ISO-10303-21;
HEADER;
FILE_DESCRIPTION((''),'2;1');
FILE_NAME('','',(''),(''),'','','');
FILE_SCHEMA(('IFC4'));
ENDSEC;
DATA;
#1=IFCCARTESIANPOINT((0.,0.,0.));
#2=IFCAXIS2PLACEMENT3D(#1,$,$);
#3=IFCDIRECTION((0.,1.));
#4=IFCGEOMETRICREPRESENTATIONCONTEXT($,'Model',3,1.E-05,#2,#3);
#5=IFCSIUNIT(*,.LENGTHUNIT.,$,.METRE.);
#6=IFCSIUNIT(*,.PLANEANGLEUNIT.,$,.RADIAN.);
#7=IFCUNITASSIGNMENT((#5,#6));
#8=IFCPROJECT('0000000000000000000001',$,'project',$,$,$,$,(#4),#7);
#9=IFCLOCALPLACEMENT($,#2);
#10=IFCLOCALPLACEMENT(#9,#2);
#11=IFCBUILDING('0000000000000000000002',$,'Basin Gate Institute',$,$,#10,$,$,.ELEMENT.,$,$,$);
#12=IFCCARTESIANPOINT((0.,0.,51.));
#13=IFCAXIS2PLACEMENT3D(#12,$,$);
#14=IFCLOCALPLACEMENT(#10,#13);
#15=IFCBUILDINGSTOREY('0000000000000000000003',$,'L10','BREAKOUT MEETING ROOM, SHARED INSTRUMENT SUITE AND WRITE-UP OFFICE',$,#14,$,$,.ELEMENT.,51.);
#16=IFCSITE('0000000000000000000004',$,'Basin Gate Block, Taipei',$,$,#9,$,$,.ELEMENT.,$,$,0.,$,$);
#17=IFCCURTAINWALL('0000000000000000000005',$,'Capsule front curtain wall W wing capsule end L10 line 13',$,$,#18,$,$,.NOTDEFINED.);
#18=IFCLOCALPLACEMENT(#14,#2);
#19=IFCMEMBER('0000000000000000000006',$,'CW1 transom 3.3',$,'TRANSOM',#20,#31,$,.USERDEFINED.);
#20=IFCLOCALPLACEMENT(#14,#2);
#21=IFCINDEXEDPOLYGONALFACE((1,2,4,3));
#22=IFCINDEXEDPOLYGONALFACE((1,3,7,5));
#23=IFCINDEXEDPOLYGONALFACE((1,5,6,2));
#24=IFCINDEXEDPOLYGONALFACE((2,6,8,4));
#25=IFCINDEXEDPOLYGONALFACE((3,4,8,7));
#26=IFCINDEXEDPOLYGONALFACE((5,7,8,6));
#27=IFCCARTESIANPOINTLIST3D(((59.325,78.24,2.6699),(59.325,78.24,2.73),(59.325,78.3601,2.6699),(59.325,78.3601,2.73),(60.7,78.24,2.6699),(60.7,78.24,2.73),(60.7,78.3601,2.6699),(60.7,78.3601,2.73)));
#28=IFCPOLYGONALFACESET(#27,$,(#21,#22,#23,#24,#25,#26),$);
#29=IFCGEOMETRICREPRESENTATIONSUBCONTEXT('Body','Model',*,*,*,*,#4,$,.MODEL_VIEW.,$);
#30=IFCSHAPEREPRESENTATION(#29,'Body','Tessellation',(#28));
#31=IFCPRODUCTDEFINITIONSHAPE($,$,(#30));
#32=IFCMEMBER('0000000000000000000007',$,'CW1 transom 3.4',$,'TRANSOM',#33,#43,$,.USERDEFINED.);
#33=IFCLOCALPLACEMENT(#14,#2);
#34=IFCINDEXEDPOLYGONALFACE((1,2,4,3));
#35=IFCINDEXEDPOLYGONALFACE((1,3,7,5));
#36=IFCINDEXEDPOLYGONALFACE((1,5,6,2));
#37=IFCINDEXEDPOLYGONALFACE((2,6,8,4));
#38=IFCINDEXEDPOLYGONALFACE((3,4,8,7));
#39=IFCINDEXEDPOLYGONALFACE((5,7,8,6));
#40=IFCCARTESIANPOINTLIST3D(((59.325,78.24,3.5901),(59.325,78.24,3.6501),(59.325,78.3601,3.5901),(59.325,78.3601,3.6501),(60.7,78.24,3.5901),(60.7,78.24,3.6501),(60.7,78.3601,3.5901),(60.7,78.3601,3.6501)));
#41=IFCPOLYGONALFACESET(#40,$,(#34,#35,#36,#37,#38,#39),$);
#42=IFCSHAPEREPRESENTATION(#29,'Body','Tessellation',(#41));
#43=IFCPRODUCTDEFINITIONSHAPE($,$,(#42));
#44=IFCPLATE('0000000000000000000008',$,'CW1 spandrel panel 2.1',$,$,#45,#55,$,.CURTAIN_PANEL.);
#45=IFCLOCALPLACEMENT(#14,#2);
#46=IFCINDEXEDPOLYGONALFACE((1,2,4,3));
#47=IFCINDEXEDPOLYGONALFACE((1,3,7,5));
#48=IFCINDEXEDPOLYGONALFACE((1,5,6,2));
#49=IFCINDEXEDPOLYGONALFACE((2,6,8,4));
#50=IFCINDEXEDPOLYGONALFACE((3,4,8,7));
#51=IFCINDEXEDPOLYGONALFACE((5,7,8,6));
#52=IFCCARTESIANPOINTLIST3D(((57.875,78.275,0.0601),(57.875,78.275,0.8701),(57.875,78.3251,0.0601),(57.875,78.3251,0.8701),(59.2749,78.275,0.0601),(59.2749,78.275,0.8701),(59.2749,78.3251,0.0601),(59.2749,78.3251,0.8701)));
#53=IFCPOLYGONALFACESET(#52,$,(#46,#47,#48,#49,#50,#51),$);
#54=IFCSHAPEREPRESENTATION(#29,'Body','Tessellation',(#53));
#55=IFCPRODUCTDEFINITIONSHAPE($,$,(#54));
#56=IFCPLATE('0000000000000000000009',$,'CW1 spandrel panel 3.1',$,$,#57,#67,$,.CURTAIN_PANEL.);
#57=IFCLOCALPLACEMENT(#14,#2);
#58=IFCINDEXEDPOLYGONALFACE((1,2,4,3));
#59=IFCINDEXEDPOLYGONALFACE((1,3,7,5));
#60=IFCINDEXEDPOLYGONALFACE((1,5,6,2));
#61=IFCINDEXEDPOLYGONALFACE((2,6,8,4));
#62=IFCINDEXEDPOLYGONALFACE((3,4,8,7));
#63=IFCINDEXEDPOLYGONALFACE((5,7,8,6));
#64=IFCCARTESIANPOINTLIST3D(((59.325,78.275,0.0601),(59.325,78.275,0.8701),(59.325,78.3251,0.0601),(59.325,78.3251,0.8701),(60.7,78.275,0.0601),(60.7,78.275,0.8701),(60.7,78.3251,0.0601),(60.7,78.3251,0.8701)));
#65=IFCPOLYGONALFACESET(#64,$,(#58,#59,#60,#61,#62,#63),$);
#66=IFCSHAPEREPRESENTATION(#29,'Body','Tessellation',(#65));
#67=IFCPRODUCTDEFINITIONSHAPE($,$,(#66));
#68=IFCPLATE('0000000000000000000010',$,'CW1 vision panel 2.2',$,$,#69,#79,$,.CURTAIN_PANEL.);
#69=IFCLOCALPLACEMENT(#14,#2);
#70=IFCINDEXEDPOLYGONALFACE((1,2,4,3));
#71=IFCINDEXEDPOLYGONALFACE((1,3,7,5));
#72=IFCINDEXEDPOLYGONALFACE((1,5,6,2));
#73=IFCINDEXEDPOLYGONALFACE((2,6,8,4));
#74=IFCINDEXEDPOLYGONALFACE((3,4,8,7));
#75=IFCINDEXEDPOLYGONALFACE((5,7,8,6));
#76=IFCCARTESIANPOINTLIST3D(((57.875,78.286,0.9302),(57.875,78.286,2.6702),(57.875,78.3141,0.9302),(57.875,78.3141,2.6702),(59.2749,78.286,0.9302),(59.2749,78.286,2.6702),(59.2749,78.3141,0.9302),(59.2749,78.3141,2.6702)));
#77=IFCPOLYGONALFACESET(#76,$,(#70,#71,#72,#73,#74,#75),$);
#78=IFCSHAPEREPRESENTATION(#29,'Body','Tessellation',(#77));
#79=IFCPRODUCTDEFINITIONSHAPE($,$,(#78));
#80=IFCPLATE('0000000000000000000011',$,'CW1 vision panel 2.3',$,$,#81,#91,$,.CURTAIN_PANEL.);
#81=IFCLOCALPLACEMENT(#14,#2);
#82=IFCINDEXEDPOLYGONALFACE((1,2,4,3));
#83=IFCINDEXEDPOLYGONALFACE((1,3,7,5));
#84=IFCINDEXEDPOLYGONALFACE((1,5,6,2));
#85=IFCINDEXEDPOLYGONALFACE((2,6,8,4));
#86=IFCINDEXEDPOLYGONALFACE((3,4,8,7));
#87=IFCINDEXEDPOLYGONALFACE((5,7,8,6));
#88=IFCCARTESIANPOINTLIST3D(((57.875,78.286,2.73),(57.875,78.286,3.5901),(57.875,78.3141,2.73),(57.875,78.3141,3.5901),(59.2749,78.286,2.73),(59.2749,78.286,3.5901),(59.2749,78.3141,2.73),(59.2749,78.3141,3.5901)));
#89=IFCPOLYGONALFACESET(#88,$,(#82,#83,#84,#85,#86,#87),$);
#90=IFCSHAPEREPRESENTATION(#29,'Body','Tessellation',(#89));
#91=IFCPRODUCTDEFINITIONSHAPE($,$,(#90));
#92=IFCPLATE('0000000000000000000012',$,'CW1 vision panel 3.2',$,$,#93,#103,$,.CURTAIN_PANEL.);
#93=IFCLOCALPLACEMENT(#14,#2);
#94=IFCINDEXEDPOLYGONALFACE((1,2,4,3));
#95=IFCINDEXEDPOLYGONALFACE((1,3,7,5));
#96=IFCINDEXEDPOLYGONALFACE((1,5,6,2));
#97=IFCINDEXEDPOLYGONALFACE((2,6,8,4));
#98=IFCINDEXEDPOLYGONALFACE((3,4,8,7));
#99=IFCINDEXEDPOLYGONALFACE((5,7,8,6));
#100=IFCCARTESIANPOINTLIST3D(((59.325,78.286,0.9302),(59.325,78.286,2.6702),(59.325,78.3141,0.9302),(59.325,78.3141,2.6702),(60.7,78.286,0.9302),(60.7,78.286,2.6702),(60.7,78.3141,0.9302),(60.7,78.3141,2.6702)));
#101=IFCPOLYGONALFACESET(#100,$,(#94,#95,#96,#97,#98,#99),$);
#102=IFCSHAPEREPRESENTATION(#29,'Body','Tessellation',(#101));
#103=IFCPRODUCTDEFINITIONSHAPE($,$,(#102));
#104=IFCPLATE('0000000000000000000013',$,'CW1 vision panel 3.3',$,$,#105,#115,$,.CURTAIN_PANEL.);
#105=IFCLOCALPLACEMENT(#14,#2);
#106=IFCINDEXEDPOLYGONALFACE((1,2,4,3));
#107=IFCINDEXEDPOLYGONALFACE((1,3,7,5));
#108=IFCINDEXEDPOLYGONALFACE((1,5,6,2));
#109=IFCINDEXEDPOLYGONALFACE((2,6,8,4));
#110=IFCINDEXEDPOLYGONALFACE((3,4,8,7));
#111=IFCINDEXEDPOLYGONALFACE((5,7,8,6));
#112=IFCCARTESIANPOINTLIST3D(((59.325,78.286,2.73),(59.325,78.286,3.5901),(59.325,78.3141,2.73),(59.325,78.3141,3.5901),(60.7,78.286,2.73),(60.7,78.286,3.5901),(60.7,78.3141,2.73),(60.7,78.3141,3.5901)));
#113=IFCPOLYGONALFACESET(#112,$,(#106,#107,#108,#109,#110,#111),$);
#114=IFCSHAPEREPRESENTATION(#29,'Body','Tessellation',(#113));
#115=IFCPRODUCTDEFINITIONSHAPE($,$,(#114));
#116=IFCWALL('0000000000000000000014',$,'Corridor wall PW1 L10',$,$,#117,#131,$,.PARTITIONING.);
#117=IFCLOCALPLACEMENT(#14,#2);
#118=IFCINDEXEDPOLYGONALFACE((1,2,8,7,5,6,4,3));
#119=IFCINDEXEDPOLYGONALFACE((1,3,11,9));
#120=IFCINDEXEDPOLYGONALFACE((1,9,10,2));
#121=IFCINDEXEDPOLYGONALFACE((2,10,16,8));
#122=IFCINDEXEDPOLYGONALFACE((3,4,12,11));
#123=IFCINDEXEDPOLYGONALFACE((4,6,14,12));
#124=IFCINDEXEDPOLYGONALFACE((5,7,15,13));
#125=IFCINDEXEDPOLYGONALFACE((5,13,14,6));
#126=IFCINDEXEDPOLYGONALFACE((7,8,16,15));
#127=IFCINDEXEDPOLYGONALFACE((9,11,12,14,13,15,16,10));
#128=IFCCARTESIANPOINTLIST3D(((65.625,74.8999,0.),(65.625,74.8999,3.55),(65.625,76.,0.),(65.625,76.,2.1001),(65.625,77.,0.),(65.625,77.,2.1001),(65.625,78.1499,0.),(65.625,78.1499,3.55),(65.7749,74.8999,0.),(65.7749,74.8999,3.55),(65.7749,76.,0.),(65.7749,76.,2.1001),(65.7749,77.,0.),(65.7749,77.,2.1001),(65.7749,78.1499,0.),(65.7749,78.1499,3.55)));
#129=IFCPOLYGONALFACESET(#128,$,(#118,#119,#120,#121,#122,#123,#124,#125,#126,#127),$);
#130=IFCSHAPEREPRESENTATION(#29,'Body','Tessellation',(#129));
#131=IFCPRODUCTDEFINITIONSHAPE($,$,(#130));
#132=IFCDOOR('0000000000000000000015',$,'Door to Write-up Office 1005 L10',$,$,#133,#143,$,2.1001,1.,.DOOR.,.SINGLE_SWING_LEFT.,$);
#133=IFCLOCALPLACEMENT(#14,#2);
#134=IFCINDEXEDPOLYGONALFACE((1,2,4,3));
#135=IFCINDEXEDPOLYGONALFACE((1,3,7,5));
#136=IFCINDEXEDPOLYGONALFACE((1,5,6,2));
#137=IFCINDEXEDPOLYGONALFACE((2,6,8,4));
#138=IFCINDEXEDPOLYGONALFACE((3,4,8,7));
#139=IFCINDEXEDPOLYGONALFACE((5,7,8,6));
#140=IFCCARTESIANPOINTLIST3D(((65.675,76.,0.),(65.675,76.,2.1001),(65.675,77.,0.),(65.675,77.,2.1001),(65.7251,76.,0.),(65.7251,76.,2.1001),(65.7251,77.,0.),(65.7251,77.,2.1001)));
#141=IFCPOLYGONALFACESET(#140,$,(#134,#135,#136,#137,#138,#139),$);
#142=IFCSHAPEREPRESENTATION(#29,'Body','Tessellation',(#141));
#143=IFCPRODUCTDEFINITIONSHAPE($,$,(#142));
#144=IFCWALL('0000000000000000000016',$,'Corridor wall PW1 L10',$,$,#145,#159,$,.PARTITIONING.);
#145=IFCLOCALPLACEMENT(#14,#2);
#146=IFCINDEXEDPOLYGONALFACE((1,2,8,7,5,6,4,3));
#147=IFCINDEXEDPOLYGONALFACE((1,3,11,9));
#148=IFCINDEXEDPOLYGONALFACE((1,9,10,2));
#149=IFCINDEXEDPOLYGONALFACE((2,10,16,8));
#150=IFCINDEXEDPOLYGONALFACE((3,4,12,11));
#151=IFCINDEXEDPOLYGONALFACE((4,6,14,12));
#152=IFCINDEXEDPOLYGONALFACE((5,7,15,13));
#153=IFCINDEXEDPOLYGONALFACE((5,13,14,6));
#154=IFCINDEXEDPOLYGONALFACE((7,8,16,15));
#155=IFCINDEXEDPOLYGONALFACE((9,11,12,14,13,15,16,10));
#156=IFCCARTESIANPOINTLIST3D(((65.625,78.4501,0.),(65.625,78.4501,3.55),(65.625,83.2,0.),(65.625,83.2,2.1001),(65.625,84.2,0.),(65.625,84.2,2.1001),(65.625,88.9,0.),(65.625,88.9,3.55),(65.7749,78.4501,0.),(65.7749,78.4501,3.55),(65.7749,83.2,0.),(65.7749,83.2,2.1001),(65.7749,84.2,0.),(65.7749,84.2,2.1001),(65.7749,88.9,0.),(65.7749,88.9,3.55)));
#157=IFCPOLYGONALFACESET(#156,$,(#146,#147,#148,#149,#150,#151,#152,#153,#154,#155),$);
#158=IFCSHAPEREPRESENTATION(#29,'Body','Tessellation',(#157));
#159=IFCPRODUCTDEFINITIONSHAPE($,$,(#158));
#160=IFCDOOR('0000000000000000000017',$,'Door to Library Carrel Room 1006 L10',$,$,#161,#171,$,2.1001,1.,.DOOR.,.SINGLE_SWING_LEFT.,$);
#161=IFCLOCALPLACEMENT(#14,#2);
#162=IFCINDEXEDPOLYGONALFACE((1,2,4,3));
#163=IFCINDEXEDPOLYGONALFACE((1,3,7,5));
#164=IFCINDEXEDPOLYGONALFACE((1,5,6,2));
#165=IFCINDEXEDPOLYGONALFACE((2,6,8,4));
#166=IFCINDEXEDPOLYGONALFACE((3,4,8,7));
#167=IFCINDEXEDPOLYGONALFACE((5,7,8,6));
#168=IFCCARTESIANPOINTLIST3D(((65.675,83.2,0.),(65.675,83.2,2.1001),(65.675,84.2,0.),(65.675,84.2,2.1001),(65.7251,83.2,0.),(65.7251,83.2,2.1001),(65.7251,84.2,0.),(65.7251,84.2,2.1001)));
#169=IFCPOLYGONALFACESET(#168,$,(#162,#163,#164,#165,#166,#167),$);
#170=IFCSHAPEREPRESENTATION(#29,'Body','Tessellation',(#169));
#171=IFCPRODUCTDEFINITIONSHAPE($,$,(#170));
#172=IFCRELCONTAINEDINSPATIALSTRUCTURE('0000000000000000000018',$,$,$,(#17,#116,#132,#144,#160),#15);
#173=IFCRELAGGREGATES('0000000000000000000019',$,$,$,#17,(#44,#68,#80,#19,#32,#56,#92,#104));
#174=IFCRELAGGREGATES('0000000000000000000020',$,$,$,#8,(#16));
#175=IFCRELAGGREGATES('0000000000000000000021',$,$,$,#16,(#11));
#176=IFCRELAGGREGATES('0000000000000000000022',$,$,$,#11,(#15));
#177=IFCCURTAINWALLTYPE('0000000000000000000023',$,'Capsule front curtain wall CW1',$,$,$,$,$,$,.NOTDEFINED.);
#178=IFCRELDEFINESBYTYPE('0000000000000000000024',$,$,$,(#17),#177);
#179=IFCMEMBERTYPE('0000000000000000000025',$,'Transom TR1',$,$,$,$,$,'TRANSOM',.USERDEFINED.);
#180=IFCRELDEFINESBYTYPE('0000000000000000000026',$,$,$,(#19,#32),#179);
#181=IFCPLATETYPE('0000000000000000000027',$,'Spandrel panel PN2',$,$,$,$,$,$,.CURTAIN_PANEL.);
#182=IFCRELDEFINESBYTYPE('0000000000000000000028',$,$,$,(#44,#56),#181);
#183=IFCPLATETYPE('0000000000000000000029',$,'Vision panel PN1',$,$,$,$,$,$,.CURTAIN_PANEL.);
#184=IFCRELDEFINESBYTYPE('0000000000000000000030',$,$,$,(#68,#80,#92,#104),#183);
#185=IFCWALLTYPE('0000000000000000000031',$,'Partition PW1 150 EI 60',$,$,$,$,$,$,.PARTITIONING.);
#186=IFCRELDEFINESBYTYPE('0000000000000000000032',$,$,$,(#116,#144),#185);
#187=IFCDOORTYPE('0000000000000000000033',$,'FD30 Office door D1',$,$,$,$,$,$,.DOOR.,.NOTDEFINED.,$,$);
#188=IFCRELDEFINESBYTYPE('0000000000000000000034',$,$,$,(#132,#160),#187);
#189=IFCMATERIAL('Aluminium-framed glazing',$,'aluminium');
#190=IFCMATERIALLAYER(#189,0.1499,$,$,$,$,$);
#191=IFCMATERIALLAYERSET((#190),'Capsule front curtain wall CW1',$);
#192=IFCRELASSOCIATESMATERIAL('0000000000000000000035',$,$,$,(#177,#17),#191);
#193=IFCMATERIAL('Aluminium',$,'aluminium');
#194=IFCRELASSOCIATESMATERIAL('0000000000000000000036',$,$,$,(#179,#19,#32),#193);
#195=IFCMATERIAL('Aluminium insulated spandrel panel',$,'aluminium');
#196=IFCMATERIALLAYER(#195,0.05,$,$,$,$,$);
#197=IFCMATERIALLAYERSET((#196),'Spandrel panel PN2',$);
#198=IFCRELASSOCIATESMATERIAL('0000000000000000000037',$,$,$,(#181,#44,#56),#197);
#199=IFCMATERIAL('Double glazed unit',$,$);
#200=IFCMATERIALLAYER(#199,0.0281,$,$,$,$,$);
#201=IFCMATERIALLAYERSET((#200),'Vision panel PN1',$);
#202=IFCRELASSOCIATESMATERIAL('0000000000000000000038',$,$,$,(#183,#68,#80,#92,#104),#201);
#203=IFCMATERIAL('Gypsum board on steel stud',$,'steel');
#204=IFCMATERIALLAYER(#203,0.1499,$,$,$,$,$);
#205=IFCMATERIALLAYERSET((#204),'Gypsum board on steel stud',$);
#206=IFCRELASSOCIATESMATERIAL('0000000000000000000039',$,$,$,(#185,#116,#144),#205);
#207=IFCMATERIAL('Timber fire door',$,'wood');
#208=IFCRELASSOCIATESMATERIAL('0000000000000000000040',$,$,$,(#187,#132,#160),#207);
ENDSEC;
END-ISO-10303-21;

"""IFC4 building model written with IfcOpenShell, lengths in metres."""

from ifc_helpers import new_model, si_unit, direction, frame, frame_2d, origin, origin_2d, place, context, subcontext, project, spatial, rectangle, extrude, material, layer, layer_set, material_profile, profile_set, type_object, element, fill, aggregate, save


model = new_model("IFC4")

# Units and contexts
model_context = context("Model", 3, precision=1e-05, world=origin(), true_north=direction((0.0, 1.0)))
body_context = subcontext(model_context, "Body", "Model", "MODEL_VIEW")
ifc_project = project(units=[si_unit("LENGTHUNIT", "METRE"), si_unit("PLANEANGLEUNIT", "RADIAN")], contexts=[model_context])

# Site, building, storey
site_placement = place(None, origin())
site = spatial("IfcSite", under=ifc_project, at=site_placement, Name="Basin Gate Block, Taipei", CompositionType="ELEMENT", RefElevation=0.0)
building_placement = place(site_placement, origin())
building = spatial("IfcBuilding", under=site, at=building_placement, Name="Basin Gate Institute", CompositionType="ELEMENT")
storey_placement = place(building_placement, frame((0.0, 0.0, 51.0)))
storey = spatial("IfcBuildingStorey", under=building, at=storey_placement, Name="L10", Description="BREAKOUT MEETING ROOM, SHARED INSTRUMENT SUITE AND WRITE-UP OFFICE", CompositionType="ELEMENT", Elevation=51.0)

# Curtain wall
ifc_material_1 = material(Name="Aluminium-framed glazing", Category="aluminium")
ifc_layer_1 = layer(ifc_material_1, 0.1499)
ifc_layer_set_1 = layer_set([ifc_layer_1], Name="Capsule front curtain wall CW1")
curtain_wall_type = type_object("IfcCurtainWallType", Name="Capsule front curtain wall CW1", PredefinedType="NOTDEFINED", material=ifc_layer_set_1)
curtain_wall_1_placement = place(storey_placement, origin())
curtain_wall_1 = element("IfcCurtainWall", 1, at=curtain_wall_1_placement, inside=storey, type_object=curtain_wall_type, material=ifc_layer_set_1, Name="Capsule front curtain wall W wing capsule end L10 line 13", PredefinedType="NOTDEFINED")

# Members
ifc_material_2 = material(Name="Aluminium", Category="aluminium")
ifc_material_profile_1 = material_profile(ifc_material_2, rectangle(XDim=0.1201, YDim=0.0601, at=origin_2d()), Name="Transom TR1 120 x 60")
ifc_profile_set_1 = profile_set([ifc_material_profile_1], Name="Aluminium")
member_type_1 = type_object("IfcMemberType", Name="Transom TR1", ElementType="TRANSOM", PredefinedType="USERDEFINED", material=ifc_profile_set_1)
member_1_placement = place(storey_placement, frame((59.325, 78.3, 2.7), z_axis=(1.0, 0.0, 0.0), x_axis=(0.0, 1.0, 0.0)))
member_1 = element("IfcMember", 2, at=member_1_placement, type_object=member_type_1, material=ifc_profile_set_1, Name="CW1 transom 3.3", ObjectType="TRANSOM", PredefinedType="USERDEFINED", context=body_context, shape_type="SweptSolid", body=[
    extrude(rectangle(XDim=0.1201, YDim=0.0601, at=origin_2d()), origin(), (0.0, 0.0, 1.0), 1.375),
])
member_2_placement = place(storey_placement, frame((59.325, 78.3, 3.6201), z_axis=(1.0, 0.0, 0.0), x_axis=(0.0, 1.0, 0.0)))
member_2 = element("IfcMember", 3, at=member_2_placement, type_object=member_type_1, material=ifc_profile_set_1, Name="CW1 transom 3.4", ObjectType="TRANSOM", PredefinedType="USERDEFINED", context=body_context, shape_type="SweptSolid", body=[
    extrude(rectangle(XDim=0.1201, YDim=0.0601, at=origin_2d()), origin(), (0.0, 0.0, 1.0), 1.375),
])

# Plates
ifc_material_3 = material(Name="Aluminium insulated spandrel panel", Category="aluminium")
ifc_layer_2 = layer(ifc_material_3, 0.05)
ifc_layer_set_2 = layer_set([ifc_layer_2], Name="Spandrel panel PN2")
plate_type_1 = type_object("IfcPlateType", Name="Spandrel panel PN2", PredefinedType="CURTAIN_PANEL", material=ifc_layer_set_2)
plate_1_placement = place(storey_placement, frame((58.575, 78.3, 0.0601), z_axis=(0.0, 0.0, 1.0), x_axis=(1.0, 0.0, 0.0)))
plate_1 = element("IfcPlate", 4, at=plate_1_placement, type_object=plate_type_1, material=ifc_layer_set_2, Name="CW1 spandrel panel 2.1", PredefinedType="CURTAIN_PANEL", context=body_context, shape_type="SweptSolid", body=[
    extrude(rectangle(XDim=1.3999, YDim=0.05, at=origin_2d()), origin(), (0.0, 0.0, 1.0), 0.8101),
])
plate_2_placement = place(storey_placement, frame((60.0125, 78.3, 0.0601), z_axis=(0.0, 0.0, 1.0), x_axis=(1.0, 0.0, 0.0)))
plate_2 = element("IfcPlate", 5, at=plate_2_placement, type_object=plate_type_1, material=ifc_layer_set_2, Name="CW1 spandrel panel 3.1", PredefinedType="CURTAIN_PANEL", context=body_context, shape_type="SweptSolid", body=[
    extrude(rectangle(XDim=1.375, YDim=0.05, at=origin_2d()), origin(), (0.0, 0.0, 1.0), 0.8101),
])
ifc_material_4 = material(Name="Double glazed unit")
ifc_layer_3 = layer(ifc_material_4, 0.0281)
ifc_layer_set_3 = layer_set([ifc_layer_3], Name="Vision panel PN1")
plate_type_2 = type_object("IfcPlateType", Name="Vision panel PN1", PredefinedType="CURTAIN_PANEL", material=ifc_layer_set_3)
plate_3_placement = place(storey_placement, frame((58.575, 78.3, 0.9302), z_axis=(0.0, 0.0, 1.0), x_axis=(1.0, 0.0, 0.0)))
plate_3 = element("IfcPlate", 6, at=plate_3_placement, type_object=plate_type_2, material=ifc_layer_set_3, Name="CW1 vision panel 2.2", PredefinedType="CURTAIN_PANEL", context=body_context, shape_type="SweptSolid", body=[
    extrude(rectangle(XDim=1.3999, YDim=0.0281, at=origin_2d()), origin(), (0.0, 0.0, 1.0), 1.74),
])
plate_4_placement = place(storey_placement, frame((58.575, 78.3, 2.73), z_axis=(0.0, 0.0, 1.0), x_axis=(1.0, 0.0, 0.0)))
plate_4 = element("IfcPlate", 7, at=plate_4_placement, type_object=plate_type_2, material=ifc_layer_set_3, Name="CW1 vision panel 2.3", PredefinedType="CURTAIN_PANEL", context=body_context, shape_type="SweptSolid", body=[
    extrude(rectangle(XDim=1.3999, YDim=0.0281, at=origin_2d()), origin(), (0.0, 0.0, 1.0), 0.8601),
])
plate_5_placement = place(storey_placement, frame((60.0125, 78.3, 0.9302), z_axis=(0.0, 0.0, 1.0), x_axis=(1.0, 0.0, 0.0)))
plate_5 = element("IfcPlate", 8, at=plate_5_placement, type_object=plate_type_2, material=ifc_layer_set_3, Name="CW1 vision panel 3.2", PredefinedType="CURTAIN_PANEL", context=body_context, shape_type="SweptSolid", body=[
    extrude(rectangle(XDim=1.375, YDim=0.0281, at=origin_2d()), origin(), (0.0, 0.0, 1.0), 1.74),
])
plate_6_placement = place(storey_placement, frame((60.0125, 78.3, 2.73), z_axis=(0.0, 0.0, 1.0), x_axis=(1.0, 0.0, 0.0)))
plate_6 = element("IfcPlate", 9, at=plate_6_placement, type_object=plate_type_2, material=ifc_layer_set_3, Name="CW1 vision panel 3.3", PredefinedType="CURTAIN_PANEL", context=body_context, shape_type="SweptSolid", body=[
    extrude(rectangle(XDim=1.375, YDim=0.0281, at=origin_2d()), origin(), (0.0, 0.0, 1.0), 0.8601),
])
aggregate(curtain_wall_1, [plate_1, plate_3, plate_4, member_1, member_2, plate_2, plate_5, plate_6])

# Walls, openings, doors
ifc_material_5 = material(Name="Gypsum board on steel stud", Category="steel")
ifc_layer_4 = layer(ifc_material_5, 0.1499)
ifc_layer_set_4 = layer_set([ifc_layer_4], Name="Gypsum board on steel stud")
wall_type_1 = type_object("IfcWallType", Name="Partition PW1 150 EI 60", PredefinedType="PARTITIONING", material=ifc_layer_set_4)
wall_1_placement = place(storey_placement, frame((65.7, 74.8999, 0.0), z_axis=(0.0, 0.0, 1.0), x_axis=(0.0, 1.0, 0.0)))
wall_1 = element("IfcWall", 10, at=wall_1_placement, inside=storey, type_object=wall_type_1, material=ifc_layer_set_4, Name="Corridor wall PW1 L10", PredefinedType="PARTITIONING", context=body_context, shape_type="SweptSolid", body=[
    extrude(rectangle(XDim=3.25, YDim=0.1499, at=frame_2d((1.625, 0.0))), origin(), (0.0, 0.0, 1.0), 3.55),
])
opening_1_placement = place(wall_1_placement, frame((1.1001, 0.0, 0.0)))
opening_1 = element("IfcOpeningElement", 11, at=opening_1_placement, cuts=wall_1, PredefinedType="OPENING", context=body_context, shape_type="SweptSolid", body=[
    extrude(rectangle(XDim=1.0, YDim=2.1001, at=frame_2d((0.5, 1.05))), frame((0.0, 0.085, 0.0), z_axis=(0.0, -1.0, 0.0), x_axis=(1.0, 0.0, 0.0)), (0.0, 0.0, 1.0), 0.1699),
])
ifc_material_6 = material(Name="Timber fire door", Category="wood")
door_type_1 = type_object("IfcDoorType", Name="FD30 Office door D1", OperationType="NOTDEFINED", PredefinedType="DOOR", material=ifc_material_6)
door_1_placement = place(opening_1_placement, origin())
door_1 = element("IfcDoor", 12, at=door_1_placement, inside=storey, type_object=door_type_1, material=ifc_material_6, Name="Door to Write-up Office 1005 L10", OperationType="SINGLE_SWING_LEFT", OverallHeight=2.1001, OverallWidth=1.0, PredefinedType="DOOR", context=body_context, shape_type="SweptSolid", body=[
    extrude(rectangle(XDim=1.0, YDim=2.1001, at=frame_2d((0.5, 1.05))), frame((0.0, 0.0249, 0.0), z_axis=(0.0, -1.0, 0.0), x_axis=(1.0, 0.0, 0.0)), (0.0, 0.0, 1.0), 0.05),
])
fill(opening_1, door_1)
wall_2_placement = place(storey_placement, frame((65.7, 78.45, 0.0), z_axis=(0.0, 0.0, 1.0), x_axis=(0.0, 1.0, 0.0)))
wall_2 = element("IfcWall", 13, at=wall_2_placement, inside=storey, type_object=wall_type_1, material=ifc_layer_set_4, Name="Corridor wall PW1 L10", PredefinedType="PARTITIONING", context=body_context, shape_type="SweptSolid", body=[
    extrude(rectangle(XDim=10.45, YDim=0.1499, at=frame_2d((5.2251, 0.0))), origin(), (0.0, 0.0, 1.0), 3.55),
])
opening_2_placement = place(wall_2_placement, frame((4.75, 0.0, 0.0)))
opening_2 = element("IfcOpeningElement", 14, at=opening_2_placement, cuts=wall_2, PredefinedType="OPENING", context=body_context, shape_type="SweptSolid", body=[
    extrude(rectangle(XDim=1.0, YDim=2.1001, at=frame_2d((0.5, 1.05))), frame((0.0, 0.085, 0.0), z_axis=(0.0, -1.0, 0.0), x_axis=(1.0, 0.0, 0.0)), (0.0, 0.0, 1.0), 0.1699),
])
door_2_placement = place(opening_2_placement, origin())
door_2 = element("IfcDoor", 15, at=door_2_placement, inside=storey, type_object=door_type_1, material=ifc_material_6, Name="Door to Library Carrel Room 1006 L10", OperationType="SINGLE_SWING_LEFT", OverallHeight=2.1001, OverallWidth=1.0, PredefinedType="DOOR", context=body_context, shape_type="SweptSolid", body=[
    extrude(rectangle(XDim=1.0, YDim=2.1001, at=frame_2d((0.5, 1.05))), frame((0.0, 0.0249, 0.0), z_axis=(0.0, -1.0, 0.0), x_axis=(1.0, 0.0, 0.0)), (0.0, 0.0, 1.0), 0.05),
])
fill(opening_2, door_2)

save(model, "model.ifc")
